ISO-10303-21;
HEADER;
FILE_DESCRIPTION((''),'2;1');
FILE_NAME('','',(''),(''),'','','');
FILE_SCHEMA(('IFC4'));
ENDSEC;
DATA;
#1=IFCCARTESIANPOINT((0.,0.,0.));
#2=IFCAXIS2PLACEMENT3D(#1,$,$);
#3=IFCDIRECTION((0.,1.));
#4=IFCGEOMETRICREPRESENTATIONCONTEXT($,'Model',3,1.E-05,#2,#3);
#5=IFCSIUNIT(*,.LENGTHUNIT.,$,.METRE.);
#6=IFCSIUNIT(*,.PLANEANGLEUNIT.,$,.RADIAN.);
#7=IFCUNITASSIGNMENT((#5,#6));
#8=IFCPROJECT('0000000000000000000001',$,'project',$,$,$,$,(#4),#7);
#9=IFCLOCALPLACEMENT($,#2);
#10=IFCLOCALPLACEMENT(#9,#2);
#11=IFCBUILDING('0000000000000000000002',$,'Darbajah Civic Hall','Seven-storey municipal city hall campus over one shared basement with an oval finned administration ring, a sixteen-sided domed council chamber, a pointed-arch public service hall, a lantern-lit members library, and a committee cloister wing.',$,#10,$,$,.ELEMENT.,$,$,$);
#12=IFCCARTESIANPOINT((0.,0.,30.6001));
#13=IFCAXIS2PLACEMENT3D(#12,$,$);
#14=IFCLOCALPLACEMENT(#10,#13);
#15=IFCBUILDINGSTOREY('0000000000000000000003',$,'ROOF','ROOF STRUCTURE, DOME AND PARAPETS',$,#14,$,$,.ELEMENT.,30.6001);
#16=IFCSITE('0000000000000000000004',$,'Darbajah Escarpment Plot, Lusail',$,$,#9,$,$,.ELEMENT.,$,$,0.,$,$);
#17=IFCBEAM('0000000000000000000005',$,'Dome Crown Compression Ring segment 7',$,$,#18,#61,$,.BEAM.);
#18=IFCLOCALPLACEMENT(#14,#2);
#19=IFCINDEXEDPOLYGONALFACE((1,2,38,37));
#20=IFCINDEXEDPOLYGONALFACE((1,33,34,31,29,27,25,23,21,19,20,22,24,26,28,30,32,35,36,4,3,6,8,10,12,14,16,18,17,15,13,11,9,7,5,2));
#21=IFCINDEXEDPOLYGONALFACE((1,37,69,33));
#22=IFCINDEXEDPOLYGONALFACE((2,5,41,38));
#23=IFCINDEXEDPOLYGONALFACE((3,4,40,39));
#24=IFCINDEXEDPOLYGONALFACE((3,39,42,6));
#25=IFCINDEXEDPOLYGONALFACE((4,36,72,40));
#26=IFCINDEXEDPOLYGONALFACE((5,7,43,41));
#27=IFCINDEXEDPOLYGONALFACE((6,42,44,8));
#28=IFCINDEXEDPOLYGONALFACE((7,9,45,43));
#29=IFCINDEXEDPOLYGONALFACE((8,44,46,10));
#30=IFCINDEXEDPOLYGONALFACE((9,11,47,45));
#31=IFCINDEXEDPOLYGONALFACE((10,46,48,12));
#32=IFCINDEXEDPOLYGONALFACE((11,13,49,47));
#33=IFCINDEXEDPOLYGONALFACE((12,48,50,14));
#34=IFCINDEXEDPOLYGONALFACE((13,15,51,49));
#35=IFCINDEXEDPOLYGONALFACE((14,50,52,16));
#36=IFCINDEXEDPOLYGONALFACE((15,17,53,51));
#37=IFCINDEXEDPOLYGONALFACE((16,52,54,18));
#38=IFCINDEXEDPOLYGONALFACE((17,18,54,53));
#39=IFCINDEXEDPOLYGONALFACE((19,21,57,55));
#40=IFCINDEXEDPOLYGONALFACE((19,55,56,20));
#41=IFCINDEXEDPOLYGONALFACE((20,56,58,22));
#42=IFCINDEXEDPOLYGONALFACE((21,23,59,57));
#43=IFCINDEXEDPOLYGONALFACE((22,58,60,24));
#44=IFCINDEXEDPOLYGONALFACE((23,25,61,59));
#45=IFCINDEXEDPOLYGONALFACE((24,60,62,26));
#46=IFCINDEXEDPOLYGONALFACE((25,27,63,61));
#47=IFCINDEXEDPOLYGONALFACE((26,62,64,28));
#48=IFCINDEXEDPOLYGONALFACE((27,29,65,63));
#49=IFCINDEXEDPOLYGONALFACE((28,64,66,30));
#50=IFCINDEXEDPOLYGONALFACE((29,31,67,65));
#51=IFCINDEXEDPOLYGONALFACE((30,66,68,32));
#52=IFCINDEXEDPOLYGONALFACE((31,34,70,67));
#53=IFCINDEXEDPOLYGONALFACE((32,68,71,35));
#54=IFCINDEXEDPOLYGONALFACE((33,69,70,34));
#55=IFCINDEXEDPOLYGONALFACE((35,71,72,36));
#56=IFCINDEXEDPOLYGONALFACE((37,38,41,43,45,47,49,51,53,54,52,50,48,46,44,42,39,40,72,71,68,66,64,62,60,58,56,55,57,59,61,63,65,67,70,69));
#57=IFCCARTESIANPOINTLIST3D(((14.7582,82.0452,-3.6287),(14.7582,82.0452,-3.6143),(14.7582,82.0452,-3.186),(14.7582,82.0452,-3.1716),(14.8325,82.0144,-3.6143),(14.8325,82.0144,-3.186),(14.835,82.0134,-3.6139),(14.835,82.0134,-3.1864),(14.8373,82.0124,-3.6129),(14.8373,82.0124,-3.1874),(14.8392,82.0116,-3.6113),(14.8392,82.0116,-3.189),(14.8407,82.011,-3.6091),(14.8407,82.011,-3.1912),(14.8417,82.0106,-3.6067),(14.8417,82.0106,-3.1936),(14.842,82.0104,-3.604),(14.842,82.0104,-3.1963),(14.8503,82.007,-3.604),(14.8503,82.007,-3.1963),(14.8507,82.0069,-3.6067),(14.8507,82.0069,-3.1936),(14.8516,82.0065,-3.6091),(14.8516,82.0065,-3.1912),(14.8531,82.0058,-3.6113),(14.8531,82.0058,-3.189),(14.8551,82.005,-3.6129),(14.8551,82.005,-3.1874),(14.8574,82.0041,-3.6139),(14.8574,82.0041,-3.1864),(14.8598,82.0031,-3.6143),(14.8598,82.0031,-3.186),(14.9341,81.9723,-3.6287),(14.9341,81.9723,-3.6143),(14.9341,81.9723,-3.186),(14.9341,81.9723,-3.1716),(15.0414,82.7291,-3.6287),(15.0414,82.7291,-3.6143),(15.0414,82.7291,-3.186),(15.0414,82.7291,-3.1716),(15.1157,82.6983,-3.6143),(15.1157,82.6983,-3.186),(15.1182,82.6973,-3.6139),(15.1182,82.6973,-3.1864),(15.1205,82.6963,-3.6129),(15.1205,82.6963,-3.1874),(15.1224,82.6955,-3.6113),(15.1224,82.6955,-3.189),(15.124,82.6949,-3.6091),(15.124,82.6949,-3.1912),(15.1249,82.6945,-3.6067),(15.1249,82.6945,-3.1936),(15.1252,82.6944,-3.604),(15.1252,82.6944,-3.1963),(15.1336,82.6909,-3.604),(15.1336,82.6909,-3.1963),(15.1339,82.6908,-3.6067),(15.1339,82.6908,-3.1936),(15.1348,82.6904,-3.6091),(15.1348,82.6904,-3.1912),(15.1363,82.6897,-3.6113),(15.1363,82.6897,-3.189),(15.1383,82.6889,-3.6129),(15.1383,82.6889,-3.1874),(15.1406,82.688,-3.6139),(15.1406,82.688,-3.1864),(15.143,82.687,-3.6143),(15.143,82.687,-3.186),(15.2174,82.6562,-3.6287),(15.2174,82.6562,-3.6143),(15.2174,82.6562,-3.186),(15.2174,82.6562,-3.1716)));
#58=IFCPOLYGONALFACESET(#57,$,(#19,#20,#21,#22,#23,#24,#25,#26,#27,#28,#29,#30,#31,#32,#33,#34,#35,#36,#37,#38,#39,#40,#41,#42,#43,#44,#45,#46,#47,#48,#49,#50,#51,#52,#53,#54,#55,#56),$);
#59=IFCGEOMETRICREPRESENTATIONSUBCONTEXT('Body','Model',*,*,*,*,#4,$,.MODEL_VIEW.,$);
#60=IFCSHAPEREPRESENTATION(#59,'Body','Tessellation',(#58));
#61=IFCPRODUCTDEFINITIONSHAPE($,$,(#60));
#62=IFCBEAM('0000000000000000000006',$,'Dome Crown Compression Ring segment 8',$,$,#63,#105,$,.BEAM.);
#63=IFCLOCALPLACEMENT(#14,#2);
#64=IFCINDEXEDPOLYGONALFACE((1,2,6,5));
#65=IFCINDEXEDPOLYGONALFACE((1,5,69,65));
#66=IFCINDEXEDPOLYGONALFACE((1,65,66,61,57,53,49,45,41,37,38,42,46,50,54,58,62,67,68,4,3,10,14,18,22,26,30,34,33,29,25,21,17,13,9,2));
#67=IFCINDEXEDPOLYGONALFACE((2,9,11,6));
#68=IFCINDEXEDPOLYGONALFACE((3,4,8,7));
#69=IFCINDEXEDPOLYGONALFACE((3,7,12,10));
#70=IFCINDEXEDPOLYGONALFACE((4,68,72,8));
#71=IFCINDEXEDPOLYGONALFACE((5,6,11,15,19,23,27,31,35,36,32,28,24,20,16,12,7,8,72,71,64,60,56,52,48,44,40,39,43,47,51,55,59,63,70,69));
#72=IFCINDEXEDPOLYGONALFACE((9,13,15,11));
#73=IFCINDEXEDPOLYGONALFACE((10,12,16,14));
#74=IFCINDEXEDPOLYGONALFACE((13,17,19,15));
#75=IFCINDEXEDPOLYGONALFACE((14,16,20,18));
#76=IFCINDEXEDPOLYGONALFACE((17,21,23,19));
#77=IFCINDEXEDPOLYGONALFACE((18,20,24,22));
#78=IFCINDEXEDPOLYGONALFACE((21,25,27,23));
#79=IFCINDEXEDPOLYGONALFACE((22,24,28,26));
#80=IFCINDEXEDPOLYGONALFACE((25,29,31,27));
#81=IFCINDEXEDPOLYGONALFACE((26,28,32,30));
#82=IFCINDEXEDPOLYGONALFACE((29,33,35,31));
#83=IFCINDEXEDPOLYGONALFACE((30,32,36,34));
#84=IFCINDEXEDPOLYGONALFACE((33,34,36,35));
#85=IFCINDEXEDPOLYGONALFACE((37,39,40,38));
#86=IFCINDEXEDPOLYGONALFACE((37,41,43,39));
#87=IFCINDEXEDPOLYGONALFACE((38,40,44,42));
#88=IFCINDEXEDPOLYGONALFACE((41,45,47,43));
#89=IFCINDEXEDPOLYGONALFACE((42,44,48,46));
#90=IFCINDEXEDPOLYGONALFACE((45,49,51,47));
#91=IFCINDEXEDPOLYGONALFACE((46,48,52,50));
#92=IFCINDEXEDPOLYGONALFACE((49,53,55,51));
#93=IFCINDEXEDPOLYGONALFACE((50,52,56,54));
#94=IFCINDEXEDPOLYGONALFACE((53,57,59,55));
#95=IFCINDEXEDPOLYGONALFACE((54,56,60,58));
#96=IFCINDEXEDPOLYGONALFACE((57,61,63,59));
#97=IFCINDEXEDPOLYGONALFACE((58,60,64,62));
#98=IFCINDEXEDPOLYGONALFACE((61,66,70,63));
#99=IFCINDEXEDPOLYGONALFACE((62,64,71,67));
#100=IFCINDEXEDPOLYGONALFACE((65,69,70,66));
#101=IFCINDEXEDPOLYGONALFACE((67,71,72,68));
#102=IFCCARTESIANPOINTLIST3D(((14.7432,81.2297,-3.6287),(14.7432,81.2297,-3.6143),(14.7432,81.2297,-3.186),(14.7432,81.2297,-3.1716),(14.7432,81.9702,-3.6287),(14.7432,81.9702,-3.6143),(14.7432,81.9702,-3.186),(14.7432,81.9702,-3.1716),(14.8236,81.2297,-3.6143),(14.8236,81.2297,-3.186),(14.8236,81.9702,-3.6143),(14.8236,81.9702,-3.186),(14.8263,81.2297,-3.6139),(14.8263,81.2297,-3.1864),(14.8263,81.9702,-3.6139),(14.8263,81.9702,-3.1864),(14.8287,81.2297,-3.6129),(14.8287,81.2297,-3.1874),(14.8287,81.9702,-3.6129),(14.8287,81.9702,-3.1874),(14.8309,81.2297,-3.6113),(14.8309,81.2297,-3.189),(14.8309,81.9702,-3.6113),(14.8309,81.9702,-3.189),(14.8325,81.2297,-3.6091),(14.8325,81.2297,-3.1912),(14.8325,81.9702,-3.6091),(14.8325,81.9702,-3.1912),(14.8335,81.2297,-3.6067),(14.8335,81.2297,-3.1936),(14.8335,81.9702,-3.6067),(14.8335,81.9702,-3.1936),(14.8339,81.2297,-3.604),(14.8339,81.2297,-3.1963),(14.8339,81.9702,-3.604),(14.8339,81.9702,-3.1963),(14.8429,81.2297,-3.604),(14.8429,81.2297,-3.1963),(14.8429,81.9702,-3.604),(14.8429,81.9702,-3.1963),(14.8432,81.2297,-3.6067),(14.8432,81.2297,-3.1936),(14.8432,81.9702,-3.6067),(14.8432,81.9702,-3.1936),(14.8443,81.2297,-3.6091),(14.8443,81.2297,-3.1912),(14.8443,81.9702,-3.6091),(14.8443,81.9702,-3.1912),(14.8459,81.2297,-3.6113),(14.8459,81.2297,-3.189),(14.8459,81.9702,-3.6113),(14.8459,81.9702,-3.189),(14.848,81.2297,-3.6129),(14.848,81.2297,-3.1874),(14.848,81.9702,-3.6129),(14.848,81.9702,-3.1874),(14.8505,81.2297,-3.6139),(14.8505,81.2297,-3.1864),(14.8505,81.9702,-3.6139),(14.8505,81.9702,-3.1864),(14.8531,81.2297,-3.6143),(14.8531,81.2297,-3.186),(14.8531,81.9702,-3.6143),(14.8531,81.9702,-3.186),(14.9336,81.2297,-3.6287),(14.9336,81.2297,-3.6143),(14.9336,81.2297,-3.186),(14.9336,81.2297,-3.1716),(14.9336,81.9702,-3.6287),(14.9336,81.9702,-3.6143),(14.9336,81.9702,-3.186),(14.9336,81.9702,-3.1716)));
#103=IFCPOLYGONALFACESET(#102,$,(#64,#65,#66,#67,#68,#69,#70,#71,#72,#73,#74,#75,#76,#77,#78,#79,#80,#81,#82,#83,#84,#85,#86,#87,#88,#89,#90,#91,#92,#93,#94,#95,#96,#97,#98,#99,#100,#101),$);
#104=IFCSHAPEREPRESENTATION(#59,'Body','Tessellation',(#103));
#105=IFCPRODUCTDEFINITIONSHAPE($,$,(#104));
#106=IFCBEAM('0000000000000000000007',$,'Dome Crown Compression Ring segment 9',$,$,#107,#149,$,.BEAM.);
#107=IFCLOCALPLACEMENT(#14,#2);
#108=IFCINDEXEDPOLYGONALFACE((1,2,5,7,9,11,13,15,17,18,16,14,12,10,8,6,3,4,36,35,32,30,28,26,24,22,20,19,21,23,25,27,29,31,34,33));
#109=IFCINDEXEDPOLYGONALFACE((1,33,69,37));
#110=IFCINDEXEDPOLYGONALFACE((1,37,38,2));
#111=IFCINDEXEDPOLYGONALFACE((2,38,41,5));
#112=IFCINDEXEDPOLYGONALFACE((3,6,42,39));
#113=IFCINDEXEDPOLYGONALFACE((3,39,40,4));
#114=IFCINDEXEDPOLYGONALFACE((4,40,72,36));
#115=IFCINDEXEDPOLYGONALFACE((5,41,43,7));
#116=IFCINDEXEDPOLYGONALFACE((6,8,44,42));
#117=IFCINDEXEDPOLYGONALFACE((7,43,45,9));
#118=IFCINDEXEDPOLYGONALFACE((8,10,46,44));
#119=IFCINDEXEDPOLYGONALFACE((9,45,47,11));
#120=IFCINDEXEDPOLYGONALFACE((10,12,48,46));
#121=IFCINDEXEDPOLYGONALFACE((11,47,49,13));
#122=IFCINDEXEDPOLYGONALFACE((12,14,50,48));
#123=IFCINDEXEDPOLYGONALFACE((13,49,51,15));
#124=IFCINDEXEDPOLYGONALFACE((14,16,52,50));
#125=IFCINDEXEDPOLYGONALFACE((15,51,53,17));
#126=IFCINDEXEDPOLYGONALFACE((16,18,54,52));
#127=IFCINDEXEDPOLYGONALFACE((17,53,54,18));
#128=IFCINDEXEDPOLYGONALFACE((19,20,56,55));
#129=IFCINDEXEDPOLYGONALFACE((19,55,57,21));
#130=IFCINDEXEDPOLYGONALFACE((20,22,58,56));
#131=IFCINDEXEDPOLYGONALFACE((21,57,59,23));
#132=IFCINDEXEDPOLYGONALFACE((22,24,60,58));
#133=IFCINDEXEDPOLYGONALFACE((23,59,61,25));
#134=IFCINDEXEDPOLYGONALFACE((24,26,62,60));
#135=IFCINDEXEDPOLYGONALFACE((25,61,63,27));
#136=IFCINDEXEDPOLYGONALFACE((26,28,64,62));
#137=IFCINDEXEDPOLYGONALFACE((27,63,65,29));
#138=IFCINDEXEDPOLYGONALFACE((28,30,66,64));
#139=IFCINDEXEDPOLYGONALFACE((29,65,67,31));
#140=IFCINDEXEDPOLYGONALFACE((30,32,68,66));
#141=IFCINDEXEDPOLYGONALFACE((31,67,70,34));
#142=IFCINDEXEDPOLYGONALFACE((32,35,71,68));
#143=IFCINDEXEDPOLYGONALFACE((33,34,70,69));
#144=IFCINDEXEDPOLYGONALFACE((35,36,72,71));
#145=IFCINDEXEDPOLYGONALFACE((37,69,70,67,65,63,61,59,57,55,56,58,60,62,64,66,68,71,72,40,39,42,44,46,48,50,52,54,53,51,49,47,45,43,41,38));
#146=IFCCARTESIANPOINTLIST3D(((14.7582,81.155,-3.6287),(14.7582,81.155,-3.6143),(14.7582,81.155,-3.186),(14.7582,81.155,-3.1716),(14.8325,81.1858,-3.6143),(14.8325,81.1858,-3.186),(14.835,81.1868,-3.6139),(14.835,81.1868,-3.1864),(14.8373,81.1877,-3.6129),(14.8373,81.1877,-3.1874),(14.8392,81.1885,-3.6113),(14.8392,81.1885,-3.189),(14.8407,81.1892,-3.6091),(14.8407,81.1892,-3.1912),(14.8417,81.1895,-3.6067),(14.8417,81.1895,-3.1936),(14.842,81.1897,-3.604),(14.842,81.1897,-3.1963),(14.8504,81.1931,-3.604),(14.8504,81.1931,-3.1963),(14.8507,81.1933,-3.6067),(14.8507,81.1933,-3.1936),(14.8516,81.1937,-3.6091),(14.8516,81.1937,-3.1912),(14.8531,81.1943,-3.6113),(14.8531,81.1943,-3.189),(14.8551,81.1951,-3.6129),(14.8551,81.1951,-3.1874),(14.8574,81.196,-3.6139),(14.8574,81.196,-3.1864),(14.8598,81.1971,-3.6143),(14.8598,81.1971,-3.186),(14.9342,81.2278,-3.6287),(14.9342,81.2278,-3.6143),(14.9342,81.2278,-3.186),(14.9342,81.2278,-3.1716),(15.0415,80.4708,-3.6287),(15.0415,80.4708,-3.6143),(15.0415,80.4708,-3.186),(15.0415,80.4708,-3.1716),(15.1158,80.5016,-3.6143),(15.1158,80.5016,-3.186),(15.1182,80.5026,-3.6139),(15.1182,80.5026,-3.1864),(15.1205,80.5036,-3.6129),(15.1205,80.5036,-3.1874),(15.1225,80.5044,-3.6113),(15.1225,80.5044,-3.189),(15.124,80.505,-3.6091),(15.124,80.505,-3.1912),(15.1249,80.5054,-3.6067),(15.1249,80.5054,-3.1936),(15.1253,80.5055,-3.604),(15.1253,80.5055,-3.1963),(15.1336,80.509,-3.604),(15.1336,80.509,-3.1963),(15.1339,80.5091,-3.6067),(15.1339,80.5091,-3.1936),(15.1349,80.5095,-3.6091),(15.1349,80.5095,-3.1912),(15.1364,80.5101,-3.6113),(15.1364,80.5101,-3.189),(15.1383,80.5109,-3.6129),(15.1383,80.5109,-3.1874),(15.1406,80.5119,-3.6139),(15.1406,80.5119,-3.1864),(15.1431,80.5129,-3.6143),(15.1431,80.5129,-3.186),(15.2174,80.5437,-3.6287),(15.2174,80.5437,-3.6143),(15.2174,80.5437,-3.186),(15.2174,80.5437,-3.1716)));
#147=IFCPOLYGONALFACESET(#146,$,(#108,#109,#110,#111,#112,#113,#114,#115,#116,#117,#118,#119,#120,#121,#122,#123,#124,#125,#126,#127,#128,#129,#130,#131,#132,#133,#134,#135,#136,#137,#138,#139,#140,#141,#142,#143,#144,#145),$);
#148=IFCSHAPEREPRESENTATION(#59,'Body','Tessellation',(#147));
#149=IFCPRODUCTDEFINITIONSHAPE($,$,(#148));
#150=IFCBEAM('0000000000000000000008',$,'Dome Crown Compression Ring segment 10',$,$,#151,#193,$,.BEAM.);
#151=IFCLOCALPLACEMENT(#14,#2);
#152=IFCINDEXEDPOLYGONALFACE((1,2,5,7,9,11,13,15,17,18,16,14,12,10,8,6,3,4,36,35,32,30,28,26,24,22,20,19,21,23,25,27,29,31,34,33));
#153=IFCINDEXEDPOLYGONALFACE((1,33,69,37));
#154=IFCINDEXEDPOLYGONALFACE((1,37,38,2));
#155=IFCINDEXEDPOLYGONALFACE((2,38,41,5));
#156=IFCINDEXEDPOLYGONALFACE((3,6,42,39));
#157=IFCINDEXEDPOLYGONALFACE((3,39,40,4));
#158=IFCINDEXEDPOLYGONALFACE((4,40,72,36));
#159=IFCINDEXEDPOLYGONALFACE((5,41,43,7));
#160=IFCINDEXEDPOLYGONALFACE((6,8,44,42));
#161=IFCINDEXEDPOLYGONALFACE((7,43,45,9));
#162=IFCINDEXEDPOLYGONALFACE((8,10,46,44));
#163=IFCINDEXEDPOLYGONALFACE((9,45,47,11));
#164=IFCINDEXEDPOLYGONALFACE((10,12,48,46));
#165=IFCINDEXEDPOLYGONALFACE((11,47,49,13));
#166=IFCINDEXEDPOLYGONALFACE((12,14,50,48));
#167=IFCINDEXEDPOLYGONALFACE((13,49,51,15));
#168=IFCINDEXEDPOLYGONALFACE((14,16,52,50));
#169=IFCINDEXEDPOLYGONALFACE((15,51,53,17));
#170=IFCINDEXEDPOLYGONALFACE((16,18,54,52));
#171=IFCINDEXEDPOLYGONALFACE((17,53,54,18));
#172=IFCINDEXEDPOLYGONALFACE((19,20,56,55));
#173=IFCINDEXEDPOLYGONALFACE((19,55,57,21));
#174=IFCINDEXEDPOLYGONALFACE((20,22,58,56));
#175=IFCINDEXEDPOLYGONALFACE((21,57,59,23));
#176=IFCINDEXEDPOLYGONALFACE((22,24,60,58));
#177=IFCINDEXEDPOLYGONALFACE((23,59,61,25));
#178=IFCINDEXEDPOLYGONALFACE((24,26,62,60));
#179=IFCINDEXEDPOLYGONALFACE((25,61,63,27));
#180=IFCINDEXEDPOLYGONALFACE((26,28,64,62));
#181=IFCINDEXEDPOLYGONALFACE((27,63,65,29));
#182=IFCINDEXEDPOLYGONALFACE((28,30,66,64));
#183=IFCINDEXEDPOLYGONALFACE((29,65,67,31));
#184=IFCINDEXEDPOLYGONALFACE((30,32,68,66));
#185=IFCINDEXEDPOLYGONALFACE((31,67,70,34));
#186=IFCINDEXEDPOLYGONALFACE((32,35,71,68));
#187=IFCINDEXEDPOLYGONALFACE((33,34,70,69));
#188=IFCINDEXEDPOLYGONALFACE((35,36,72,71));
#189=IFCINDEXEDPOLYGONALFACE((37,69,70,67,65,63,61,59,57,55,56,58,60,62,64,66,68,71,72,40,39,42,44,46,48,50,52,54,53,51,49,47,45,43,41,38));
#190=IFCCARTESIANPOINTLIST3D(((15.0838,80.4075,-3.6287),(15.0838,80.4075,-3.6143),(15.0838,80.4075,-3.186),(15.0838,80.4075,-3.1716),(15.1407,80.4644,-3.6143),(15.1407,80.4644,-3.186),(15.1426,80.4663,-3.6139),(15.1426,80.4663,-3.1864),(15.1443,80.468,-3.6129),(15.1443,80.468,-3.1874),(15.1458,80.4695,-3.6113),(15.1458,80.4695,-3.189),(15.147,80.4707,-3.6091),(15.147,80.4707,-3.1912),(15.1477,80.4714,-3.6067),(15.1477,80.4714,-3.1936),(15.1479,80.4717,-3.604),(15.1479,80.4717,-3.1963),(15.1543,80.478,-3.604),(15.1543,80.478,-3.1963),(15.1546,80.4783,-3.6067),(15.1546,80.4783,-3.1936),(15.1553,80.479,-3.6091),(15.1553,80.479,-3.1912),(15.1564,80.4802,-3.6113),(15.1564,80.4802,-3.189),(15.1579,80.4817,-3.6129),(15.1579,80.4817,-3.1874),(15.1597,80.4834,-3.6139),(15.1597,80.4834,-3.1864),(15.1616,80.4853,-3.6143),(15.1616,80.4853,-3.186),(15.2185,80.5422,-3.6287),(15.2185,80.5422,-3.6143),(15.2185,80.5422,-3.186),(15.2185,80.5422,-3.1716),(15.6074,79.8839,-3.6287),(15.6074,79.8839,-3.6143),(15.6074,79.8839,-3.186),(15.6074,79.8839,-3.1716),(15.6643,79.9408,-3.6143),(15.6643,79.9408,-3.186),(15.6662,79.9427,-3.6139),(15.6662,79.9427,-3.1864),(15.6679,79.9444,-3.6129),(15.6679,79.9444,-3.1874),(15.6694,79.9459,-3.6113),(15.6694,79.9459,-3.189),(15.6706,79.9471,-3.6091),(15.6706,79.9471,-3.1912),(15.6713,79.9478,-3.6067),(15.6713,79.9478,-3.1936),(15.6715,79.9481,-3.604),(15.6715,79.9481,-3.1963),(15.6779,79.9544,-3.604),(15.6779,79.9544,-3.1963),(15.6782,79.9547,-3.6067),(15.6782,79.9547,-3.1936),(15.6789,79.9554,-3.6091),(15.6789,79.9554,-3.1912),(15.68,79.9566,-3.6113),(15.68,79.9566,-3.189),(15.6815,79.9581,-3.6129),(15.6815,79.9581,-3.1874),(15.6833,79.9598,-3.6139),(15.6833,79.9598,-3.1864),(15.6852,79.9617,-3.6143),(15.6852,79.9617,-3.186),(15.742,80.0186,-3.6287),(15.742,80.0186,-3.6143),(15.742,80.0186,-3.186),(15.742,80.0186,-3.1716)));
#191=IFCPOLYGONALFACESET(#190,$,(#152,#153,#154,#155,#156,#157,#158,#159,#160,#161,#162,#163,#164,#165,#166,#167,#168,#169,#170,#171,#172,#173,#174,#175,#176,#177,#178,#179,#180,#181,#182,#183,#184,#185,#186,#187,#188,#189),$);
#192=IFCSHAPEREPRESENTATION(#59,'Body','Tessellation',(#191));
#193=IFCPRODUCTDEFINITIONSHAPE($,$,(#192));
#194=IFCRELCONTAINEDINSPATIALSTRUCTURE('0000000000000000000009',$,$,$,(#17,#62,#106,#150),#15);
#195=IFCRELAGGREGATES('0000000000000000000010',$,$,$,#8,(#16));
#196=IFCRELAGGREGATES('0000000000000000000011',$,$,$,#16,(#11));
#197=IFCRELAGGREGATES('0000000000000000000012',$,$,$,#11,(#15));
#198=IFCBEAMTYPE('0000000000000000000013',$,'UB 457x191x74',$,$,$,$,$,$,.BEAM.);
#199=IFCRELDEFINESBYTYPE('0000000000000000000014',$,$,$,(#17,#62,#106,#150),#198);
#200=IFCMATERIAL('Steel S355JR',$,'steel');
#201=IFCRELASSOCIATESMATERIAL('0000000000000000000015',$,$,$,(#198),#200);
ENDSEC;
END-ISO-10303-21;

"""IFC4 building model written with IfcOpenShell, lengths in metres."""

from ifc_helpers import new_model, si_unit, direction, frame, origin, origin_2d, place, context, subcontext, project, spatial, i_section, extrude, material, material_profile, profile_set, type_object, element, save


model = new_model("IFC4")

# Units and contexts
model_context = context("Model", 3, precision=1e-05, world=origin(), true_north=direction((0.0, 1.0)))
body_context = subcontext(model_context, "Body", "Model", "MODEL_VIEW")
ifc_project = project(units=[si_unit("LENGTHUNIT", "METRE"), si_unit("PLANEANGLEUNIT", "RADIAN")], contexts=[model_context])

# Site, building, storey
site_placement = place(None, origin())
site = spatial("IfcSite", under=ifc_project, at=site_placement, Name="Darbajah Escarpment Plot, Lusail", CompositionType="ELEMENT", RefElevation=0.0)
building_placement = place(site_placement, origin())
building = spatial("IfcBuilding", under=site, at=building_placement, Name="Darbajah Civic Hall", Description="Seven-storey municipal city hall campus over one shared basement with an oval finned administration ring, a sixteen-sided domed council chamber, a pointed-arch public service hall, a lantern-lit members library, and a committee cloister wing.", CompositionType="ELEMENT")
storey_placement = place(building_placement, frame((0.0, 0.0, 30.6001)))
storey = spatial("IfcBuildingStorey", under=building, at=storey_placement, Name="ROOF", Description="ROOF STRUCTURE, DOME AND PARAPETS", CompositionType="ELEMENT", Elevation=30.6001)

# Shared definitions
ifc_material = material(Name="Steel S355JR", Category="steel")

# Beams
ifc_material_profile_1 = material_profile(ifc_material, i_section(OverallWidth=0.1904, OverallDepth=0.457, WebThickness=0.009, FlangeThickness=0.0144, FilletRadius=0.0103, at=origin_2d()), Name="UB 457x191x74")
ifc_profile_set_1 = profile_set([ifc_material_profile_1], Name="Steel S355JR")
beam_type_1 = type_object("IfcBeamType", Name="UB 457x191x74", PredefinedType="BEAM", material=ifc_profile_set_1)
beam_1_placement = place(storey_placement, frame((15.1294, 82.6926, -3.4001), z_axis=(-0.382624, -0.923904, 0.0), x_axis=(0.923904, -0.382624, 0.0)))
element("IfcBeam", 1, at=beam_1_placement, inside=storey, type_object=beam_type_1, Name="Dome Crown Compression Ring segment 7", PredefinedType="BEAM", context=body_context, shape_type="SweptSolid", body=[
    extrude(i_section(OverallWidth=0.1904, OverallDepth=0.457, WebThickness=0.009, FlangeThickness=0.0144, FilletRadius=0.0103, at=origin_2d()), origin(), (0.0, 0.0, 1.0), 0.7402),
])
for number, where, z_axis, x_axis, name in (
    (2, (14.8384, 81.9702, -3.4001), (0.0, -1.0, 0.0), (1.0, 0.0, 0.0), "Dome Crown Compression Ring segment 8"),
    (3, (14.8462, 81.1914, -3.4001), (0.382507, -0.923953, 0.0), (0.923953, 0.382507, 0.0), "Dome Crown Compression Ring segment 9"),
    (4, (15.1511, 80.4749, -3.4001), (0.707107, -0.707107, 0.0), (0.707107, 0.707107, 0.0), "Dome Crown Compression Ring segment 10"),
):
    element("IfcBeam", number, at=place(storey_placement, frame(where, z_axis=z_axis, x_axis=x_axis)), inside=storey, type_object=beam_type_1, Name=name, PredefinedType="BEAM", context=body_context, shape_type="SweptSolid", body=[
        extrude(i_section(OverallWidth=0.1904, OverallDepth=0.457, WebThickness=0.009, FlangeThickness=0.0144, FilletRadius=0.0103, at=origin_2d()), origin(), (0.0, 0.0, 1.0), 0.7405),
    ])

save(model, "model.ifc")
